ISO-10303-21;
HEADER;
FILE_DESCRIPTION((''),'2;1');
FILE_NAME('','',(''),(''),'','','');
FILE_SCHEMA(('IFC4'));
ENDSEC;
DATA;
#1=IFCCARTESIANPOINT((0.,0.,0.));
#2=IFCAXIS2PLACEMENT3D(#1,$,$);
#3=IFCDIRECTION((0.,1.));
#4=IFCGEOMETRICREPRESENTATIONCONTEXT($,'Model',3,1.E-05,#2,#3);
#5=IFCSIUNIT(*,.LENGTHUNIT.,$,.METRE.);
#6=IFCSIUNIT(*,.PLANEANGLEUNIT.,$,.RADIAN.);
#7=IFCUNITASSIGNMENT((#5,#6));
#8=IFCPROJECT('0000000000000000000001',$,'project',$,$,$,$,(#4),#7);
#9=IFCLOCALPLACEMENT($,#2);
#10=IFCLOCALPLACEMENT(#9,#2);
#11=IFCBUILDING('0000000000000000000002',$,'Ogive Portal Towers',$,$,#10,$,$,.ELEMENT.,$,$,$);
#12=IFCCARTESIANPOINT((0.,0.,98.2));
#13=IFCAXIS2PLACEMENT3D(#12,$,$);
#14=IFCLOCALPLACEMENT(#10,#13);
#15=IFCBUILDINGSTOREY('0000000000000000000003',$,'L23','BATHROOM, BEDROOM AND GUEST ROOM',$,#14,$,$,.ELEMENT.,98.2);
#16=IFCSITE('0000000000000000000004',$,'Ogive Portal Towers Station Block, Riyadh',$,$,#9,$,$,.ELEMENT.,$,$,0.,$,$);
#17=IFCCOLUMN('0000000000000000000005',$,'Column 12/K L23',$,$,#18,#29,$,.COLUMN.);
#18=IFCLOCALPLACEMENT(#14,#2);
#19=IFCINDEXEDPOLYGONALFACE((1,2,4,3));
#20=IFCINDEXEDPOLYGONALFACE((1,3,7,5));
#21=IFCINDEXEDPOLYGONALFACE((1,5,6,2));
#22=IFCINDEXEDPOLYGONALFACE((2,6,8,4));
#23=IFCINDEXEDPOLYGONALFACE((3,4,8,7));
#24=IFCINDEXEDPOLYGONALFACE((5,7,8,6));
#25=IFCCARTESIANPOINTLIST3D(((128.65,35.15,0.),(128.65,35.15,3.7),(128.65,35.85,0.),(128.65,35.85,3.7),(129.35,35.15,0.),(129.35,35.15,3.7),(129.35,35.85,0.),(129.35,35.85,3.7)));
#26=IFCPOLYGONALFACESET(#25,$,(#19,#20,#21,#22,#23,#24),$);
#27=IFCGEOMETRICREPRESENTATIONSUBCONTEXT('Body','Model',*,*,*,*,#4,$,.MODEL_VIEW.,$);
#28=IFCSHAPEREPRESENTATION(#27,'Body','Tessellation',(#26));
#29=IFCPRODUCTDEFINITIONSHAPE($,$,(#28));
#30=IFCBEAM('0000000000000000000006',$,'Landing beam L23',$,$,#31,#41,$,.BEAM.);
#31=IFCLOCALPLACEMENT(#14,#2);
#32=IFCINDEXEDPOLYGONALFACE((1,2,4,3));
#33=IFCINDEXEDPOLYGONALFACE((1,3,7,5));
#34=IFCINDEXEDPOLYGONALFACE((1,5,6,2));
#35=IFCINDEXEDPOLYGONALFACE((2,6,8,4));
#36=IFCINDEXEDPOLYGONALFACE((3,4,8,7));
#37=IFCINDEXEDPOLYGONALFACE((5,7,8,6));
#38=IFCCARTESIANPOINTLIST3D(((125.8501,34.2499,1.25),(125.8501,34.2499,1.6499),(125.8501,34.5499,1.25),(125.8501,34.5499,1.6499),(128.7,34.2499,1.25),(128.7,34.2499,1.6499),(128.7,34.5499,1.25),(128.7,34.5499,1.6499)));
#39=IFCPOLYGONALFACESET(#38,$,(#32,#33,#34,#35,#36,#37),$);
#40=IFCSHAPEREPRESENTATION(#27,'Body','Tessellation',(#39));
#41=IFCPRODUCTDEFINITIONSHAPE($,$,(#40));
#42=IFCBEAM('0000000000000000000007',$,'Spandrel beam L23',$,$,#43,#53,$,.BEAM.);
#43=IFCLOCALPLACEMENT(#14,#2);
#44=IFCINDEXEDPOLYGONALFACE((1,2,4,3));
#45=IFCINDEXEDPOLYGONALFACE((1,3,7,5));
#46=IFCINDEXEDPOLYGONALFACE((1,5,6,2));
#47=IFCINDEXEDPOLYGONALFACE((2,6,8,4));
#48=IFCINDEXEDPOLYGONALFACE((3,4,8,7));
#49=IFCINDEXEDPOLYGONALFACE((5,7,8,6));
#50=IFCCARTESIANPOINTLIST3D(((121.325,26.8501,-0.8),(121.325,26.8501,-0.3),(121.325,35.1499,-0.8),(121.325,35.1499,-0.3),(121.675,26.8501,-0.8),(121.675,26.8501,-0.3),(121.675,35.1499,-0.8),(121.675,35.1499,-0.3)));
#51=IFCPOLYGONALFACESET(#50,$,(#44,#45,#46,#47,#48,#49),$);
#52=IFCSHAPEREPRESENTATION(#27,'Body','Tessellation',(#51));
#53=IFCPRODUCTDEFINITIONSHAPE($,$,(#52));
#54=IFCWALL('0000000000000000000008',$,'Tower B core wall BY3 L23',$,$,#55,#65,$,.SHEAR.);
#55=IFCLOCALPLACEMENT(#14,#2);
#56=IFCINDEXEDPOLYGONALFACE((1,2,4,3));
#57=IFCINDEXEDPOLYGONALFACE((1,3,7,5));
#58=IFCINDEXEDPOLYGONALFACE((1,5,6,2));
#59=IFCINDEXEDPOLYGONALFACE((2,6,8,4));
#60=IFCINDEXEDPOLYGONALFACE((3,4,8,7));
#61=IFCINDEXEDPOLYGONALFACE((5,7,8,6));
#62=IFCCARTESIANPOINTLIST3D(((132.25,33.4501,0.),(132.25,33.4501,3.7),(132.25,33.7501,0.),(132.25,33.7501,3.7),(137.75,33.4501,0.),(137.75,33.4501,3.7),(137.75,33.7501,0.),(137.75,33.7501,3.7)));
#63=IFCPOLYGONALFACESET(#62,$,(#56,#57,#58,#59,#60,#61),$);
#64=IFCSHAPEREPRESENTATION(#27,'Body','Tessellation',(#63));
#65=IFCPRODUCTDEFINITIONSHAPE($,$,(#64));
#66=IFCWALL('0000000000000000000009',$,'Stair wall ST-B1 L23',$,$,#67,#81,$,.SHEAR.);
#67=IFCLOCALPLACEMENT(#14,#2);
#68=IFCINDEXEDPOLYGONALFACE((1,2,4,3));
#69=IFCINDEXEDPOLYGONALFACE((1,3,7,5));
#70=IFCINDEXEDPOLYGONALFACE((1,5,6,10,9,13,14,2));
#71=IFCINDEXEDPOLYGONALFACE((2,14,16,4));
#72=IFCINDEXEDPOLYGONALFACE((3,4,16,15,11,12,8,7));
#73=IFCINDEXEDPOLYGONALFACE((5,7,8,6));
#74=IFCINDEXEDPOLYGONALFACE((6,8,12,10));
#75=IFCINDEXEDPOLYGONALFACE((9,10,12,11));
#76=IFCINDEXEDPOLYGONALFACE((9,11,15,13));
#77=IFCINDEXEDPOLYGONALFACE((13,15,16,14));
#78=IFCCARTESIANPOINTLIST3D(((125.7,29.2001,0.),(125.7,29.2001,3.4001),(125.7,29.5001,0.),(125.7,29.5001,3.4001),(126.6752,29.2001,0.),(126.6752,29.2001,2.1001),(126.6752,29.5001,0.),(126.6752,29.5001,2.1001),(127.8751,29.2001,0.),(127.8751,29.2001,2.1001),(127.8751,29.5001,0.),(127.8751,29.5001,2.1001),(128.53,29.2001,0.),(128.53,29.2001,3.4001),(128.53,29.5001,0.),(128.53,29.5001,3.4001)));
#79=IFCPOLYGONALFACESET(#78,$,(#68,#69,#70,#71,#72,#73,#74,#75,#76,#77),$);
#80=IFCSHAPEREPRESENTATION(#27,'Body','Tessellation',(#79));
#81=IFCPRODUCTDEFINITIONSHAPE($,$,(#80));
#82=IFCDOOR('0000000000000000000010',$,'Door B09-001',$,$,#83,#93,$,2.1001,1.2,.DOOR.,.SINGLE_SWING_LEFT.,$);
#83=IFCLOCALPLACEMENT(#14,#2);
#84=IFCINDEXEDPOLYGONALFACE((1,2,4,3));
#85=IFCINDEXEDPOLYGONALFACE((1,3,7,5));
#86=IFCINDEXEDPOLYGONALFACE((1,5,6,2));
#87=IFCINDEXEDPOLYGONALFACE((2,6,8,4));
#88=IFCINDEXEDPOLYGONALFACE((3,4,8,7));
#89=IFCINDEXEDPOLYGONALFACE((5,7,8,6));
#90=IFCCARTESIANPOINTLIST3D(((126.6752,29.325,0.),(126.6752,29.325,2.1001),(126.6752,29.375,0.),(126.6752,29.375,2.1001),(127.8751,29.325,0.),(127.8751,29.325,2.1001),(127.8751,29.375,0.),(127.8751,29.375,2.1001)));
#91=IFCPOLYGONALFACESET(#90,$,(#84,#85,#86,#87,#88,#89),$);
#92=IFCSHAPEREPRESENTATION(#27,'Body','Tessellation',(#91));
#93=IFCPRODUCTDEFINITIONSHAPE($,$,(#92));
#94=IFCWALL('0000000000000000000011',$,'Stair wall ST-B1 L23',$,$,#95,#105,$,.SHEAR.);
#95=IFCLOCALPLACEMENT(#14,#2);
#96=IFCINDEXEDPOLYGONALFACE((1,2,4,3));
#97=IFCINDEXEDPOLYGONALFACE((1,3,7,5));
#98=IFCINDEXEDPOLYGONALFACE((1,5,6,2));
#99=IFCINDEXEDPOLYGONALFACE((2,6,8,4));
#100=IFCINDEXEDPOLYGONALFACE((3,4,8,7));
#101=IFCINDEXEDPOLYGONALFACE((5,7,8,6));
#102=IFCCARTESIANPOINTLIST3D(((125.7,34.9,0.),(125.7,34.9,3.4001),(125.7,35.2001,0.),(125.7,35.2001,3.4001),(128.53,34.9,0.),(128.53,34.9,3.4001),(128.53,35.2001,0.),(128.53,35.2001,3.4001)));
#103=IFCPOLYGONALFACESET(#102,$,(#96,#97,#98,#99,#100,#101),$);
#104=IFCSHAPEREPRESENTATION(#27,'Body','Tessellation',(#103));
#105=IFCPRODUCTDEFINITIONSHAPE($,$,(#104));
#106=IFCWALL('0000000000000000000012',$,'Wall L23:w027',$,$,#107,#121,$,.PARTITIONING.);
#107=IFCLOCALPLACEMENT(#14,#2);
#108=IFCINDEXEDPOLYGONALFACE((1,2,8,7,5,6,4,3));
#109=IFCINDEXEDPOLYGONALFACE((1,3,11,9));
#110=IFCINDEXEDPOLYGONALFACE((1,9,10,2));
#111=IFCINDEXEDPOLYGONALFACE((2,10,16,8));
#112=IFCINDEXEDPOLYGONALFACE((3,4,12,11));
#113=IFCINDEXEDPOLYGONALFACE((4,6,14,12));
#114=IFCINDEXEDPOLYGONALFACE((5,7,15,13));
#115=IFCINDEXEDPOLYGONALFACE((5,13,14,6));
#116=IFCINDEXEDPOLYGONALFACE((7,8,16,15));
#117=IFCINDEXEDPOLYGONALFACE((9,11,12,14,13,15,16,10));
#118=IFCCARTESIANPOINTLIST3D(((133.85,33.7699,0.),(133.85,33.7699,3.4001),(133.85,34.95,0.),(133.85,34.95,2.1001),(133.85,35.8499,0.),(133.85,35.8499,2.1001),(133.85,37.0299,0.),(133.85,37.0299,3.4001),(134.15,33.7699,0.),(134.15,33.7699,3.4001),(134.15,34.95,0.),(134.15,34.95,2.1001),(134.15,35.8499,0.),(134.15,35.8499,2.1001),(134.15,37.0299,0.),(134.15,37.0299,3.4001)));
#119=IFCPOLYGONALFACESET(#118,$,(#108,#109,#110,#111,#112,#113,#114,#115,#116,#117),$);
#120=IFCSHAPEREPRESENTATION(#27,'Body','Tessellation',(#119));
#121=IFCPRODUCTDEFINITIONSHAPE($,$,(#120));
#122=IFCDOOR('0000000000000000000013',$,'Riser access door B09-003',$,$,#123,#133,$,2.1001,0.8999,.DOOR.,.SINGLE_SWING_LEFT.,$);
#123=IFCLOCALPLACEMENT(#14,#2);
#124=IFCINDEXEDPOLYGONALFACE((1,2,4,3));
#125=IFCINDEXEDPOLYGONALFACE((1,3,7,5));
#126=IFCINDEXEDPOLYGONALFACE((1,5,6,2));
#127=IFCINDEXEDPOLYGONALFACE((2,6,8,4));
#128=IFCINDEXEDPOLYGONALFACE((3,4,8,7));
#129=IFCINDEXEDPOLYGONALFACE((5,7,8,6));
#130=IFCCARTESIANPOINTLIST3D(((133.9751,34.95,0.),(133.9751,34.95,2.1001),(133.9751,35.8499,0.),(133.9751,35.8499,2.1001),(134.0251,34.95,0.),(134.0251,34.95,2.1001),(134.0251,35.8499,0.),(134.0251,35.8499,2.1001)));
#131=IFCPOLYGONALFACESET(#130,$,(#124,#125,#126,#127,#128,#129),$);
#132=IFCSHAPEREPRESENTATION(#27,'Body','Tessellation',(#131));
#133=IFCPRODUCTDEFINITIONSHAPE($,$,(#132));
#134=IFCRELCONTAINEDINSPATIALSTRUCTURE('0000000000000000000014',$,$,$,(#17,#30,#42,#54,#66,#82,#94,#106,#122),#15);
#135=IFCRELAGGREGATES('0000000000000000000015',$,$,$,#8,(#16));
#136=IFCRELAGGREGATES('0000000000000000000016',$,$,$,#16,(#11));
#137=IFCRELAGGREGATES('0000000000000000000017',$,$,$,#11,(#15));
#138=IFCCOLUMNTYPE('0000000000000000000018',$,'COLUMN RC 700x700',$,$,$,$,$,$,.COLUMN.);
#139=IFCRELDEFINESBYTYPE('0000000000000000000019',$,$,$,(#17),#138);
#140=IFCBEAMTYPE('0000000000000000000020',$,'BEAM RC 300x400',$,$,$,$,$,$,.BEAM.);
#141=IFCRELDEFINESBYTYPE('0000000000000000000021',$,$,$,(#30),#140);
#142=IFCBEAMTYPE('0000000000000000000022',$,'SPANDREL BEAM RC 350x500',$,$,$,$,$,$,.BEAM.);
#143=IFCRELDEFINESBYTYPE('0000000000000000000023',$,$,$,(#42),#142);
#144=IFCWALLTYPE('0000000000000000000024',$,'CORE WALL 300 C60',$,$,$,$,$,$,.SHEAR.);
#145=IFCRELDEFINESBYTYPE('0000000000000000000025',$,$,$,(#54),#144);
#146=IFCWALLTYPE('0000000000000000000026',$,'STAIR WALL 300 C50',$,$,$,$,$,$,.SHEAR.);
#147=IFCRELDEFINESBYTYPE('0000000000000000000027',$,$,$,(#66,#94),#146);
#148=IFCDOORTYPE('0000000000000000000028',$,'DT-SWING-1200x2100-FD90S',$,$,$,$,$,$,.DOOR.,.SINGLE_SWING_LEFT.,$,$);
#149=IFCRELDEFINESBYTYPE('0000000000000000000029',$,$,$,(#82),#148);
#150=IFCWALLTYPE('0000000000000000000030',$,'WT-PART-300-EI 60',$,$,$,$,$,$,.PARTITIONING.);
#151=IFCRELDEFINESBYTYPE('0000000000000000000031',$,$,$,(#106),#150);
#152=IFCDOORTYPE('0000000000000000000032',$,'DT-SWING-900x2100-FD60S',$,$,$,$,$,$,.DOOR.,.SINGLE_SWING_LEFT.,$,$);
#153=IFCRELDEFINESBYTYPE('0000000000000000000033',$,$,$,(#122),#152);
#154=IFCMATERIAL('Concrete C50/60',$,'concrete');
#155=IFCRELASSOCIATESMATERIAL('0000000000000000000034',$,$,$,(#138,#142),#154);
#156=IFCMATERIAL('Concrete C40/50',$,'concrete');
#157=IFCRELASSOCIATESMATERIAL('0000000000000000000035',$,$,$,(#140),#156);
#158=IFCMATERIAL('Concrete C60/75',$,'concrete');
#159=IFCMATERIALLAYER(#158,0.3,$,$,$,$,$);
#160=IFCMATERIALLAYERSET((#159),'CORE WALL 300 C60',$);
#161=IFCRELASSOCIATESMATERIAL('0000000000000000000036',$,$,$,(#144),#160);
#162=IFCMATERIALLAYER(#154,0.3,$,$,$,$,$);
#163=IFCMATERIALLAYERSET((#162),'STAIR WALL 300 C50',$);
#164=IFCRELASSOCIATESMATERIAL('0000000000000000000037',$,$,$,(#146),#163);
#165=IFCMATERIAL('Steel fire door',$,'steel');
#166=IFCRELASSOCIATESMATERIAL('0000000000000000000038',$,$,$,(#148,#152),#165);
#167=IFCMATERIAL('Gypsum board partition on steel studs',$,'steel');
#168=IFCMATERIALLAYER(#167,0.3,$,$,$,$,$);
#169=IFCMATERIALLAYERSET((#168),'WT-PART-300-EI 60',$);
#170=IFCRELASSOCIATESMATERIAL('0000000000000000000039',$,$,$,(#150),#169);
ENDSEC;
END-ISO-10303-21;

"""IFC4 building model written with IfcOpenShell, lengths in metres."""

from ifc_helpers import new_model, si_unit, direction, frame, frame_2d, origin, origin_2d, place, context, subcontext, project, spatial, rectangle, extrude, material, layer, layer_set, material_profile, profile_set, type_object, element, fill, save


model = new_model("IFC4")

# Units and contexts
model_context = context("Model", 3, precision=1e-05, world=origin(), true_north=direction((0.0, 1.0)))
body_context = subcontext(model_context, "Body", "Model", "MODEL_VIEW")
ifc_project = project(units=[si_unit("LENGTHUNIT", "METRE"), si_unit("PLANEANGLEUNIT", "RADIAN")], contexts=[model_context])

# Site, building, storey
site_placement = place(None, origin())
site = spatial("IfcSite", under=ifc_project, at=site_placement, Name="Ogive Portal Towers Station Block, Riyadh", CompositionType="ELEMENT", RefElevation=0.0)
building_placement = place(site_placement, origin())
building = spatial("IfcBuilding", under=site, at=building_placement, Name="Ogive Portal Towers", CompositionType="ELEMENT")
storey_placement = place(building_placement, frame((0.0, 0.0, 98.2)))
storey = spatial("IfcBuildingStorey", under=building, at=storey_placement, Name="L23", Description="BATHROOM, BEDROOM AND GUEST ROOM", CompositionType="ELEMENT", Elevation=98.2)

# Column
ifc_material_1 = material(Name="Concrete C50/60", Category="concrete")
ifc_material_profile_1 = material_profile(ifc_material_1, rectangle(XDim=0.7, YDim=0.7, at=origin_2d()), Name="RC 700x700")
ifc_profile_set_1 = profile_set([ifc_material_profile_1], Name="Concrete C50/60")
column_type = type_object("IfcColumnType", Name="COLUMN RC 700x700", PredefinedType="COLUMN", material=ifc_profile_set_1)
column_placement = place(storey_placement, frame((129.0, 35.5, 0.0), z_axis=(0.0, 0.0, 1.0), x_axis=(1.0, 0.0, 0.0)))
element("IfcColumn", 1, at=column_placement, inside=storey, type_object=column_type, Name="Column 12/K L23", PredefinedType="COLUMN", context=body_context, shape_type="SweptSolid", body=[
    extrude(rectangle(XDim=0.7, YDim=0.7, at=origin_2d()), origin(), (0.0, 0.0, 1.0), 3.7),
])

# Beams
ifc_material_2 = material(Name="Concrete C40/50", Category="concrete")
ifc_material_profile_2 = material_profile(ifc_material_2, rectangle(XDim=0.3, YDim=0.3999, at=origin_2d()), Name="RC 300x400")
ifc_profile_set_2 = profile_set([ifc_material_profile_2], Name="Concrete C40/50")
beam_type_1 = type_object("IfcBeamType", Name="BEAM RC 300x400", PredefinedType="BEAM", material=ifc_profile_set_2)
beam_1_placement = place(storey_placement, frame((125.8501, 34.3999, 1.45), z_axis=(1.0, 0.0, 0.0), x_axis=(0.0, 1.0, 0.0)))
element("IfcBeam", 2, at=beam_1_placement, inside=storey, type_object=beam_type_1, Name="Landing beam L23", PredefinedType="BEAM", context=body_context, shape_type="SweptSolid", body=[
    extrude(rectangle(XDim=0.3, YDim=0.3999, at=origin_2d()), origin(), (0.0, 0.0, 1.0), 2.8499),
])
ifc_material_profile_3 = material_profile(ifc_material_1, rectangle(XDim=0.3501, YDim=0.5, at=origin_2d()), Name="RC 350x500")
ifc_profile_set_3 = profile_set([ifc_material_profile_3], Name="Concrete C50/60")
beam_type_2 = type_object("IfcBeamType", Name="SPANDREL BEAM RC 350x500", PredefinedType="BEAM", material=ifc_profile_set_3)
beam_2_placement = place(storey_placement, frame((121.5, 35.1499, -0.55), z_axis=(0.0, -1.0, 0.0), x_axis=(1.0, 0.0, 0.0)))
element("IfcBeam", 3, at=beam_2_placement, inside=storey, type_object=beam_type_2, Name="Spandrel beam L23", PredefinedType="BEAM", context=body_context, shape_type="SweptSolid", body=[
    extrude(rectangle(XDim=0.3501, YDim=0.5, at=origin_2d()), origin(), (0.0, 0.0, 1.0), 8.2998),
])

# Shared definitions
ifc_material_3 = material(Name="Concrete C60/75", Category="concrete")
ifc_layer_1 = layer(ifc_material_3, 0.3)
ifc_layer_set_1 = layer_set([ifc_layer_1], Name="CORE WALL 300 C60")
wall_type_1 = type_object("IfcWallType", Name="CORE WALL 300 C60", PredefinedType="SHEAR", material=ifc_layer_set_1)

# Wall
wall_1_placement = place(storey_placement, frame((132.25, 33.6001, 0.0), z_axis=(0.0, 0.0, 1.0), x_axis=(1.0, 0.0, 0.0)))
element("IfcWall", 4, at=wall_1_placement, inside=storey, type_object=wall_type_1, Name="Tower B core wall BY3 L23", PredefinedType="SHEAR", context=body_context, shape_type="SweptSolid", body=[
    extrude(rectangle(XDim=5.5, YDim=0.3, at=frame_2d((2.75, 0.0))), origin(), (0.0, 0.0, 1.0), 3.7),
])

# Wall, opening, door
ifc_layer_2 = layer(ifc_material_1, 0.3)
ifc_layer_set_2 = layer_set([ifc_layer_2], Name="STAIR WALL 300 C50")
wall_type_2 = type_object("IfcWallType", Name="STAIR WALL 300 C50", PredefinedType="SHEAR", material=ifc_layer_set_2)
wall_2_placement = place(storey_placement, frame((125.7, 29.3501, 0.0), z_axis=(0.0, 0.0, 1.0), x_axis=(1.0, 0.0, 0.0)))
wall_2 = element("IfcWall", 5, at=wall_2_placement, inside=storey, type_object=wall_type_2, Name="Stair wall ST-B1 L23", PredefinedType="SHEAR", context=body_context, shape_type="SweptSolid", body=[
    extrude(rectangle(XDim=2.8301, YDim=0.3, at=frame_2d((1.415, 0.0))), origin(), (0.0, 0.0, 1.0), 3.4001),
])
opening_1_placement = place(wall_2_placement, frame((0.9751, 0.0, 0.0)))
opening_1 = element("IfcOpeningElement", 6, at=opening_1_placement, cuts=wall_2, PredefinedType="OPENING", context=body_context, shape_type="SweptSolid", body=[
    extrude(rectangle(XDim=1.2, YDim=2.1001, at=frame_2d((0.6001, 1.05))), frame((0.0, 0.1602, 0.0), z_axis=(0.0, -1.0, 0.0), x_axis=(1.0, 0.0, 0.0)), (0.0, 0.0, 1.0), 0.3201),
])
ifc_material_4 = material(Name="Steel fire door", Category="steel")
door_type_1 = type_object("IfcDoorType", Name="DT-SWING-1200x2100-FD90S", OperationType="SINGLE_SWING_LEFT", PredefinedType="DOOR", material=ifc_material_4)
door_1_placement = place(opening_1_placement, origin())
door_1 = element("IfcDoor", 7, at=door_1_placement, inside=storey, type_object=door_type_1, Name="Door B09-001", OperationType="SINGLE_SWING_LEFT", OverallHeight=2.1001, OverallWidth=1.2, PredefinedType="DOOR", context=body_context, shape_type="SweptSolid", body=[
    extrude(rectangle(XDim=1.2, YDim=2.1001, at=frame_2d((0.6001, 1.05))), frame((0.0, 0.0249, 0.0), z_axis=(0.0, -1.0, 0.0), x_axis=(1.0, 0.0, 0.0)), (0.0, 0.0, 1.0), 0.05),
])
fill(opening_1, door_1)

# Wall
wall_3_placement = place(storey_placement, frame((125.7, 35.05, 0.0), z_axis=(0.0, 0.0, 1.0), x_axis=(1.0, 0.0, 0.0)))
element("IfcWall", 8, at=wall_3_placement, inside=storey, type_object=wall_type_2, Name="Stair wall ST-B1 L23", PredefinedType="SHEAR", context=body_context, shape_type="SweptSolid", body=[
    extrude(rectangle(XDim=2.8301, YDim=0.3, at=frame_2d((1.415, 0.0))), origin(), (0.0, 0.0, 1.0), 3.4001),
])

# Wall, opening, door
ifc_material_5 = material(Name="Gypsum board partition on steel studs", Category="steel")
ifc_layer_3 = layer(ifc_material_5, 0.3)
ifc_layer_set_3 = layer_set([ifc_layer_3], Name="WT-PART-300-EI 60")
wall_type_3 = type_object("IfcWallType", Name="WT-PART-300-EI 60", PredefinedType="PARTITIONING", material=ifc_layer_set_3)
wall_4_placement = place(storey_placement, frame((134.0, 33.77, 0.0), z_axis=(0.0, 0.0, 1.0), x_axis=(0.0, 1.0, 0.0)))
wall_4 = element("IfcWall", 9, at=wall_4_placement, inside=storey, type_object=wall_type_3, Name="Wall L23:w027", PredefinedType="PARTITIONING", context=body_context, shape_type="SweptSolid", body=[
    extrude(rectangle(XDim=3.26, YDim=0.3, at=frame_2d((1.6299, 0.0))), origin(), (0.0, 0.0, 1.0), 3.4001),
])
opening_2_placement = place(wall_4_placement, frame((1.1799, 0.0, 0.0)))
opening_2 = element("IfcOpeningElement", 10, at=opening_2_placement, cuts=wall_4, PredefinedType="OPENING", context=body_context, shape_type="SweptSolid", body=[
    extrude(rectangle(XDim=0.8999, YDim=2.1001, at=frame_2d((0.45, 1.05))), frame((0.0, 0.1602, 0.0), z_axis=(0.0, -1.0, 0.0), x_axis=(1.0, 0.0, 0.0)), (0.0, 0.0, 1.0), 0.3201),
])
door_type_2 = type_object("IfcDoorType", Name="DT-SWING-900x2100-FD60S", OperationType="SINGLE_SWING_LEFT", PredefinedType="DOOR", material=ifc_material_4)
door_2_placement = place(opening_2_placement, origin())
door_2 = element("IfcDoor", 11, at=door_2_placement, inside=storey, type_object=door_type_2, Name="Riser access door B09-003", OperationType="SINGLE_SWING_LEFT", OverallHeight=2.1001, OverallWidth=0.8999, PredefinedType="DOOR", context=body_context, shape_type="SweptSolid", body=[
    extrude(rectangle(XDim=0.8999, YDim=2.1001, at=frame_2d((0.45, 1.05))), frame((0.0, 0.0249, 0.0), z_axis=(0.0, -1.0, 0.0), x_axis=(1.0, 0.0, 0.0)), (0.0, 0.0, 1.0), 0.05),
])
fill(opening_2, door_2)

save(model, "model.ifc")
